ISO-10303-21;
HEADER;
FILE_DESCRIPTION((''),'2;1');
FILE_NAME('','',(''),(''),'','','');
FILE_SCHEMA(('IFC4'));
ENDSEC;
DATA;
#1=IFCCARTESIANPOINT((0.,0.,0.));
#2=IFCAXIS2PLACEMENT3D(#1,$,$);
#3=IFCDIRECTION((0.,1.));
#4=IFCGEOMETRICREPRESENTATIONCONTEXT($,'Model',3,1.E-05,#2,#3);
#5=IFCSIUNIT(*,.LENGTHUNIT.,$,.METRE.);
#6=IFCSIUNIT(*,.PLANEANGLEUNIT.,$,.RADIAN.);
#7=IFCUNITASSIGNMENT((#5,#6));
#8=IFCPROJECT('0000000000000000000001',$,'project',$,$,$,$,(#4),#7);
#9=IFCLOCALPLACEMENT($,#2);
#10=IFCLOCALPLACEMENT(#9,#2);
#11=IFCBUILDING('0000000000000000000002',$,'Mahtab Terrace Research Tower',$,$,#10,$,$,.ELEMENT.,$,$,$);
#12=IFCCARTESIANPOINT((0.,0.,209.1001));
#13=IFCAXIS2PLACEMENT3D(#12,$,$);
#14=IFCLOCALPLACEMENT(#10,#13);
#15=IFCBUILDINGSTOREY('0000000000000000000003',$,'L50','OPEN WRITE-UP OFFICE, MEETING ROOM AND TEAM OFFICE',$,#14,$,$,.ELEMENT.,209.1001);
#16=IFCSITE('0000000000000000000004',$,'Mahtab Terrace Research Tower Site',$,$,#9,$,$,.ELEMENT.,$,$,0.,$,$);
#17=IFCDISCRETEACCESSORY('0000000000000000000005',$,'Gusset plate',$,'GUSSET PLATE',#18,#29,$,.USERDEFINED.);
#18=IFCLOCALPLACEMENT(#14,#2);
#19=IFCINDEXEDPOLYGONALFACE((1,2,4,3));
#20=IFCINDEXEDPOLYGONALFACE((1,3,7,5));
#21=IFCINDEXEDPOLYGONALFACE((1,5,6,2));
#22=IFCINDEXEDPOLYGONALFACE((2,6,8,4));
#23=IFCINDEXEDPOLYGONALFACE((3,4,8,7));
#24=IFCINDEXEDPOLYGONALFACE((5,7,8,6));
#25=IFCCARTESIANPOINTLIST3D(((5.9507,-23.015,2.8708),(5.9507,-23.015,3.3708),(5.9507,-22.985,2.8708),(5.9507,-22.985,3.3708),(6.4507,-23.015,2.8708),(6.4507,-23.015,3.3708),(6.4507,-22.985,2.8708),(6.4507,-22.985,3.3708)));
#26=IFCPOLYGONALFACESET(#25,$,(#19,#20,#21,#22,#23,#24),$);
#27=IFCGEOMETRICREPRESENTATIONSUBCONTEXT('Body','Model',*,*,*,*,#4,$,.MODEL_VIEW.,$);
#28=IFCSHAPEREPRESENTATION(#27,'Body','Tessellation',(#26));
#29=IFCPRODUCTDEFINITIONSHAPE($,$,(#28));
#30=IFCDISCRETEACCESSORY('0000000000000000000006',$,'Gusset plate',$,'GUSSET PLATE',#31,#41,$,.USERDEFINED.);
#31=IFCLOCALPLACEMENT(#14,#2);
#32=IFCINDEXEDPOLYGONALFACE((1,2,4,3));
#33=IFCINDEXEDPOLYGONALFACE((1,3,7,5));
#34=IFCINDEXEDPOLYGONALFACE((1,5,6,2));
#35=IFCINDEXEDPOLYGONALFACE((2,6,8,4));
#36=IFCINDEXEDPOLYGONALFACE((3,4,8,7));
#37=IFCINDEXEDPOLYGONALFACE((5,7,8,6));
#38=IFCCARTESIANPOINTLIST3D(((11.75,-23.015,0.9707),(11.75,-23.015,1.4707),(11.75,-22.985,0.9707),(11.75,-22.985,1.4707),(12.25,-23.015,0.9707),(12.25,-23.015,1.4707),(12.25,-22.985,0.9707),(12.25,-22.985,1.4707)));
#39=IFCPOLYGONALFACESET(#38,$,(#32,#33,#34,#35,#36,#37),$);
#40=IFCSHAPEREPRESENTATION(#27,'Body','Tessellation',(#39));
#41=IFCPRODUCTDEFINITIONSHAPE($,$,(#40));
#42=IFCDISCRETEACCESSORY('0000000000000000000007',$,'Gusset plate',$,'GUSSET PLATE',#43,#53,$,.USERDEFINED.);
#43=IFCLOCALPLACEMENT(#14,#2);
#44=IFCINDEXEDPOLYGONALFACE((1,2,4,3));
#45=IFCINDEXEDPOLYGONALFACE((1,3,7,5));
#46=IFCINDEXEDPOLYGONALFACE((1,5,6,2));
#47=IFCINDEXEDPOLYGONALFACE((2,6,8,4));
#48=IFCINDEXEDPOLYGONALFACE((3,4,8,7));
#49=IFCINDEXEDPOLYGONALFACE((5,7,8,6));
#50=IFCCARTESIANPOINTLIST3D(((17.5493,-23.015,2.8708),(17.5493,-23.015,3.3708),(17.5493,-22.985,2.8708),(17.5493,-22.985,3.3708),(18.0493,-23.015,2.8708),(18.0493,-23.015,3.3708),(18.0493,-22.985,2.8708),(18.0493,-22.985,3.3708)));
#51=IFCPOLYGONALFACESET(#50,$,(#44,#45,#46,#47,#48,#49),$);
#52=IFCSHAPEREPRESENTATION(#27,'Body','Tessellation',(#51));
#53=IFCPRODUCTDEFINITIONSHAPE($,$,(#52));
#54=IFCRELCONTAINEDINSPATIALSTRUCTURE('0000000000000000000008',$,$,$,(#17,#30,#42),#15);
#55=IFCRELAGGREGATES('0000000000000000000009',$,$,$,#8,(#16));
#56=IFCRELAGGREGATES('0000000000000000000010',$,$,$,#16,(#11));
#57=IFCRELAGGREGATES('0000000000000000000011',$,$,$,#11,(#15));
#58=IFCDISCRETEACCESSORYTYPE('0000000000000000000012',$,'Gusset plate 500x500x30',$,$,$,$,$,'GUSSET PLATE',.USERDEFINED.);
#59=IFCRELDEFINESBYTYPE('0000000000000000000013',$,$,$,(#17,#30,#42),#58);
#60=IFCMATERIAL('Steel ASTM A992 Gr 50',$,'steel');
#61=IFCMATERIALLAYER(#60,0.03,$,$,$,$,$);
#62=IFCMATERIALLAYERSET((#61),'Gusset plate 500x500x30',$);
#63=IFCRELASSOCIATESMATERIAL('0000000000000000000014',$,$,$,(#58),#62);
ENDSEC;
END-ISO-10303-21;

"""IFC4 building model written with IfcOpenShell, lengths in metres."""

from ifc_helpers import new_model, si_unit, direction, frame, origin, origin_2d, place, context, subcontext, project, spatial, rectangle, extrude, material, layer, layer_set, type_object, element, save


model = new_model("IFC4")

# Units and contexts
model_context = context("Model", 3, precision=1e-05, world=origin(), true_north=direction((0.0, 1.0)))
body_context = subcontext(model_context, "Body", "Model", "MODEL_VIEW")
ifc_project = project(units=[si_unit("LENGTHUNIT", "METRE"), si_unit("PLANEANGLEUNIT", "RADIAN")], contexts=[model_context])

# Site, building, storey
site_placement = place(None, origin())
site = spatial("IfcSite", under=ifc_project, at=site_placement, Name="Mahtab Terrace Research Tower Site", CompositionType="ELEMENT", RefElevation=0.0)
building_placement = place(site_placement, origin())
building = spatial("IfcBuilding", under=site, at=building_placement, Name="Mahtab Terrace Research Tower", CompositionType="ELEMENT")
storey_placement = place(building_placement, frame((0.0, 0.0, 209.1001)))
storey = spatial("IfcBuildingStorey", under=building, at=storey_placement, Name="L50", Description="OPEN WRITE-UP OFFICE, MEETING ROOM AND TEAM OFFICE", CompositionType="ELEMENT", Elevation=209.1001)

# Shared definitions
ifc_material_1 = material(Name="Steel ASTM A992 Gr 50", Category="steel")

# Discrete accessories
ifc_layer_1 = layer(ifc_material_1, 0.03)
ifc_layer_set_1 = layer_set([ifc_layer_1], Name="Gusset plate 500x500x30")
discrete_accessory_type = type_object("IfcDiscreteAccessoryType", Name="Gusset plate 500x500x30", ElementType="GUSSET PLATE", PredefinedType="USERDEFINED", material=ifc_layer_set_1)
for number, where, z_axis, x_axis, name in (
    (1, (6.2007, -23.0, 2.8708), (0.0, 0.0, 1.0), (1.0, 0.0, 0.0), "Gusset plate"),
    (2, (12.0, -23.0, 0.9707), (0.0, 0.0, 1.0), (1.0, 0.0, 0.0), "Gusset plate"),
    (3, (17.7993, -23.0, 2.8708), (0.0, 0.0, 1.0), (1.0, 0.0, 0.0), "Gusset plate"),
):
    element("IfcDiscreteAccessory", number, at=place(storey_placement, frame(where, z_axis=z_axis, x_axis=x_axis)), inside=storey, type_object=discrete_accessory_type, Name=name, ObjectType="GUSSET PLATE", PredefinedType="USERDEFINED", context=body_context, shape_type="SweptSolid", body=[
        extrude(rectangle(XDim=0.5, YDim=0.03, at=origin_2d()), origin(), (0.0, 0.0, 1.0), 0.5),
    ])

save(model, "model.ifc")
